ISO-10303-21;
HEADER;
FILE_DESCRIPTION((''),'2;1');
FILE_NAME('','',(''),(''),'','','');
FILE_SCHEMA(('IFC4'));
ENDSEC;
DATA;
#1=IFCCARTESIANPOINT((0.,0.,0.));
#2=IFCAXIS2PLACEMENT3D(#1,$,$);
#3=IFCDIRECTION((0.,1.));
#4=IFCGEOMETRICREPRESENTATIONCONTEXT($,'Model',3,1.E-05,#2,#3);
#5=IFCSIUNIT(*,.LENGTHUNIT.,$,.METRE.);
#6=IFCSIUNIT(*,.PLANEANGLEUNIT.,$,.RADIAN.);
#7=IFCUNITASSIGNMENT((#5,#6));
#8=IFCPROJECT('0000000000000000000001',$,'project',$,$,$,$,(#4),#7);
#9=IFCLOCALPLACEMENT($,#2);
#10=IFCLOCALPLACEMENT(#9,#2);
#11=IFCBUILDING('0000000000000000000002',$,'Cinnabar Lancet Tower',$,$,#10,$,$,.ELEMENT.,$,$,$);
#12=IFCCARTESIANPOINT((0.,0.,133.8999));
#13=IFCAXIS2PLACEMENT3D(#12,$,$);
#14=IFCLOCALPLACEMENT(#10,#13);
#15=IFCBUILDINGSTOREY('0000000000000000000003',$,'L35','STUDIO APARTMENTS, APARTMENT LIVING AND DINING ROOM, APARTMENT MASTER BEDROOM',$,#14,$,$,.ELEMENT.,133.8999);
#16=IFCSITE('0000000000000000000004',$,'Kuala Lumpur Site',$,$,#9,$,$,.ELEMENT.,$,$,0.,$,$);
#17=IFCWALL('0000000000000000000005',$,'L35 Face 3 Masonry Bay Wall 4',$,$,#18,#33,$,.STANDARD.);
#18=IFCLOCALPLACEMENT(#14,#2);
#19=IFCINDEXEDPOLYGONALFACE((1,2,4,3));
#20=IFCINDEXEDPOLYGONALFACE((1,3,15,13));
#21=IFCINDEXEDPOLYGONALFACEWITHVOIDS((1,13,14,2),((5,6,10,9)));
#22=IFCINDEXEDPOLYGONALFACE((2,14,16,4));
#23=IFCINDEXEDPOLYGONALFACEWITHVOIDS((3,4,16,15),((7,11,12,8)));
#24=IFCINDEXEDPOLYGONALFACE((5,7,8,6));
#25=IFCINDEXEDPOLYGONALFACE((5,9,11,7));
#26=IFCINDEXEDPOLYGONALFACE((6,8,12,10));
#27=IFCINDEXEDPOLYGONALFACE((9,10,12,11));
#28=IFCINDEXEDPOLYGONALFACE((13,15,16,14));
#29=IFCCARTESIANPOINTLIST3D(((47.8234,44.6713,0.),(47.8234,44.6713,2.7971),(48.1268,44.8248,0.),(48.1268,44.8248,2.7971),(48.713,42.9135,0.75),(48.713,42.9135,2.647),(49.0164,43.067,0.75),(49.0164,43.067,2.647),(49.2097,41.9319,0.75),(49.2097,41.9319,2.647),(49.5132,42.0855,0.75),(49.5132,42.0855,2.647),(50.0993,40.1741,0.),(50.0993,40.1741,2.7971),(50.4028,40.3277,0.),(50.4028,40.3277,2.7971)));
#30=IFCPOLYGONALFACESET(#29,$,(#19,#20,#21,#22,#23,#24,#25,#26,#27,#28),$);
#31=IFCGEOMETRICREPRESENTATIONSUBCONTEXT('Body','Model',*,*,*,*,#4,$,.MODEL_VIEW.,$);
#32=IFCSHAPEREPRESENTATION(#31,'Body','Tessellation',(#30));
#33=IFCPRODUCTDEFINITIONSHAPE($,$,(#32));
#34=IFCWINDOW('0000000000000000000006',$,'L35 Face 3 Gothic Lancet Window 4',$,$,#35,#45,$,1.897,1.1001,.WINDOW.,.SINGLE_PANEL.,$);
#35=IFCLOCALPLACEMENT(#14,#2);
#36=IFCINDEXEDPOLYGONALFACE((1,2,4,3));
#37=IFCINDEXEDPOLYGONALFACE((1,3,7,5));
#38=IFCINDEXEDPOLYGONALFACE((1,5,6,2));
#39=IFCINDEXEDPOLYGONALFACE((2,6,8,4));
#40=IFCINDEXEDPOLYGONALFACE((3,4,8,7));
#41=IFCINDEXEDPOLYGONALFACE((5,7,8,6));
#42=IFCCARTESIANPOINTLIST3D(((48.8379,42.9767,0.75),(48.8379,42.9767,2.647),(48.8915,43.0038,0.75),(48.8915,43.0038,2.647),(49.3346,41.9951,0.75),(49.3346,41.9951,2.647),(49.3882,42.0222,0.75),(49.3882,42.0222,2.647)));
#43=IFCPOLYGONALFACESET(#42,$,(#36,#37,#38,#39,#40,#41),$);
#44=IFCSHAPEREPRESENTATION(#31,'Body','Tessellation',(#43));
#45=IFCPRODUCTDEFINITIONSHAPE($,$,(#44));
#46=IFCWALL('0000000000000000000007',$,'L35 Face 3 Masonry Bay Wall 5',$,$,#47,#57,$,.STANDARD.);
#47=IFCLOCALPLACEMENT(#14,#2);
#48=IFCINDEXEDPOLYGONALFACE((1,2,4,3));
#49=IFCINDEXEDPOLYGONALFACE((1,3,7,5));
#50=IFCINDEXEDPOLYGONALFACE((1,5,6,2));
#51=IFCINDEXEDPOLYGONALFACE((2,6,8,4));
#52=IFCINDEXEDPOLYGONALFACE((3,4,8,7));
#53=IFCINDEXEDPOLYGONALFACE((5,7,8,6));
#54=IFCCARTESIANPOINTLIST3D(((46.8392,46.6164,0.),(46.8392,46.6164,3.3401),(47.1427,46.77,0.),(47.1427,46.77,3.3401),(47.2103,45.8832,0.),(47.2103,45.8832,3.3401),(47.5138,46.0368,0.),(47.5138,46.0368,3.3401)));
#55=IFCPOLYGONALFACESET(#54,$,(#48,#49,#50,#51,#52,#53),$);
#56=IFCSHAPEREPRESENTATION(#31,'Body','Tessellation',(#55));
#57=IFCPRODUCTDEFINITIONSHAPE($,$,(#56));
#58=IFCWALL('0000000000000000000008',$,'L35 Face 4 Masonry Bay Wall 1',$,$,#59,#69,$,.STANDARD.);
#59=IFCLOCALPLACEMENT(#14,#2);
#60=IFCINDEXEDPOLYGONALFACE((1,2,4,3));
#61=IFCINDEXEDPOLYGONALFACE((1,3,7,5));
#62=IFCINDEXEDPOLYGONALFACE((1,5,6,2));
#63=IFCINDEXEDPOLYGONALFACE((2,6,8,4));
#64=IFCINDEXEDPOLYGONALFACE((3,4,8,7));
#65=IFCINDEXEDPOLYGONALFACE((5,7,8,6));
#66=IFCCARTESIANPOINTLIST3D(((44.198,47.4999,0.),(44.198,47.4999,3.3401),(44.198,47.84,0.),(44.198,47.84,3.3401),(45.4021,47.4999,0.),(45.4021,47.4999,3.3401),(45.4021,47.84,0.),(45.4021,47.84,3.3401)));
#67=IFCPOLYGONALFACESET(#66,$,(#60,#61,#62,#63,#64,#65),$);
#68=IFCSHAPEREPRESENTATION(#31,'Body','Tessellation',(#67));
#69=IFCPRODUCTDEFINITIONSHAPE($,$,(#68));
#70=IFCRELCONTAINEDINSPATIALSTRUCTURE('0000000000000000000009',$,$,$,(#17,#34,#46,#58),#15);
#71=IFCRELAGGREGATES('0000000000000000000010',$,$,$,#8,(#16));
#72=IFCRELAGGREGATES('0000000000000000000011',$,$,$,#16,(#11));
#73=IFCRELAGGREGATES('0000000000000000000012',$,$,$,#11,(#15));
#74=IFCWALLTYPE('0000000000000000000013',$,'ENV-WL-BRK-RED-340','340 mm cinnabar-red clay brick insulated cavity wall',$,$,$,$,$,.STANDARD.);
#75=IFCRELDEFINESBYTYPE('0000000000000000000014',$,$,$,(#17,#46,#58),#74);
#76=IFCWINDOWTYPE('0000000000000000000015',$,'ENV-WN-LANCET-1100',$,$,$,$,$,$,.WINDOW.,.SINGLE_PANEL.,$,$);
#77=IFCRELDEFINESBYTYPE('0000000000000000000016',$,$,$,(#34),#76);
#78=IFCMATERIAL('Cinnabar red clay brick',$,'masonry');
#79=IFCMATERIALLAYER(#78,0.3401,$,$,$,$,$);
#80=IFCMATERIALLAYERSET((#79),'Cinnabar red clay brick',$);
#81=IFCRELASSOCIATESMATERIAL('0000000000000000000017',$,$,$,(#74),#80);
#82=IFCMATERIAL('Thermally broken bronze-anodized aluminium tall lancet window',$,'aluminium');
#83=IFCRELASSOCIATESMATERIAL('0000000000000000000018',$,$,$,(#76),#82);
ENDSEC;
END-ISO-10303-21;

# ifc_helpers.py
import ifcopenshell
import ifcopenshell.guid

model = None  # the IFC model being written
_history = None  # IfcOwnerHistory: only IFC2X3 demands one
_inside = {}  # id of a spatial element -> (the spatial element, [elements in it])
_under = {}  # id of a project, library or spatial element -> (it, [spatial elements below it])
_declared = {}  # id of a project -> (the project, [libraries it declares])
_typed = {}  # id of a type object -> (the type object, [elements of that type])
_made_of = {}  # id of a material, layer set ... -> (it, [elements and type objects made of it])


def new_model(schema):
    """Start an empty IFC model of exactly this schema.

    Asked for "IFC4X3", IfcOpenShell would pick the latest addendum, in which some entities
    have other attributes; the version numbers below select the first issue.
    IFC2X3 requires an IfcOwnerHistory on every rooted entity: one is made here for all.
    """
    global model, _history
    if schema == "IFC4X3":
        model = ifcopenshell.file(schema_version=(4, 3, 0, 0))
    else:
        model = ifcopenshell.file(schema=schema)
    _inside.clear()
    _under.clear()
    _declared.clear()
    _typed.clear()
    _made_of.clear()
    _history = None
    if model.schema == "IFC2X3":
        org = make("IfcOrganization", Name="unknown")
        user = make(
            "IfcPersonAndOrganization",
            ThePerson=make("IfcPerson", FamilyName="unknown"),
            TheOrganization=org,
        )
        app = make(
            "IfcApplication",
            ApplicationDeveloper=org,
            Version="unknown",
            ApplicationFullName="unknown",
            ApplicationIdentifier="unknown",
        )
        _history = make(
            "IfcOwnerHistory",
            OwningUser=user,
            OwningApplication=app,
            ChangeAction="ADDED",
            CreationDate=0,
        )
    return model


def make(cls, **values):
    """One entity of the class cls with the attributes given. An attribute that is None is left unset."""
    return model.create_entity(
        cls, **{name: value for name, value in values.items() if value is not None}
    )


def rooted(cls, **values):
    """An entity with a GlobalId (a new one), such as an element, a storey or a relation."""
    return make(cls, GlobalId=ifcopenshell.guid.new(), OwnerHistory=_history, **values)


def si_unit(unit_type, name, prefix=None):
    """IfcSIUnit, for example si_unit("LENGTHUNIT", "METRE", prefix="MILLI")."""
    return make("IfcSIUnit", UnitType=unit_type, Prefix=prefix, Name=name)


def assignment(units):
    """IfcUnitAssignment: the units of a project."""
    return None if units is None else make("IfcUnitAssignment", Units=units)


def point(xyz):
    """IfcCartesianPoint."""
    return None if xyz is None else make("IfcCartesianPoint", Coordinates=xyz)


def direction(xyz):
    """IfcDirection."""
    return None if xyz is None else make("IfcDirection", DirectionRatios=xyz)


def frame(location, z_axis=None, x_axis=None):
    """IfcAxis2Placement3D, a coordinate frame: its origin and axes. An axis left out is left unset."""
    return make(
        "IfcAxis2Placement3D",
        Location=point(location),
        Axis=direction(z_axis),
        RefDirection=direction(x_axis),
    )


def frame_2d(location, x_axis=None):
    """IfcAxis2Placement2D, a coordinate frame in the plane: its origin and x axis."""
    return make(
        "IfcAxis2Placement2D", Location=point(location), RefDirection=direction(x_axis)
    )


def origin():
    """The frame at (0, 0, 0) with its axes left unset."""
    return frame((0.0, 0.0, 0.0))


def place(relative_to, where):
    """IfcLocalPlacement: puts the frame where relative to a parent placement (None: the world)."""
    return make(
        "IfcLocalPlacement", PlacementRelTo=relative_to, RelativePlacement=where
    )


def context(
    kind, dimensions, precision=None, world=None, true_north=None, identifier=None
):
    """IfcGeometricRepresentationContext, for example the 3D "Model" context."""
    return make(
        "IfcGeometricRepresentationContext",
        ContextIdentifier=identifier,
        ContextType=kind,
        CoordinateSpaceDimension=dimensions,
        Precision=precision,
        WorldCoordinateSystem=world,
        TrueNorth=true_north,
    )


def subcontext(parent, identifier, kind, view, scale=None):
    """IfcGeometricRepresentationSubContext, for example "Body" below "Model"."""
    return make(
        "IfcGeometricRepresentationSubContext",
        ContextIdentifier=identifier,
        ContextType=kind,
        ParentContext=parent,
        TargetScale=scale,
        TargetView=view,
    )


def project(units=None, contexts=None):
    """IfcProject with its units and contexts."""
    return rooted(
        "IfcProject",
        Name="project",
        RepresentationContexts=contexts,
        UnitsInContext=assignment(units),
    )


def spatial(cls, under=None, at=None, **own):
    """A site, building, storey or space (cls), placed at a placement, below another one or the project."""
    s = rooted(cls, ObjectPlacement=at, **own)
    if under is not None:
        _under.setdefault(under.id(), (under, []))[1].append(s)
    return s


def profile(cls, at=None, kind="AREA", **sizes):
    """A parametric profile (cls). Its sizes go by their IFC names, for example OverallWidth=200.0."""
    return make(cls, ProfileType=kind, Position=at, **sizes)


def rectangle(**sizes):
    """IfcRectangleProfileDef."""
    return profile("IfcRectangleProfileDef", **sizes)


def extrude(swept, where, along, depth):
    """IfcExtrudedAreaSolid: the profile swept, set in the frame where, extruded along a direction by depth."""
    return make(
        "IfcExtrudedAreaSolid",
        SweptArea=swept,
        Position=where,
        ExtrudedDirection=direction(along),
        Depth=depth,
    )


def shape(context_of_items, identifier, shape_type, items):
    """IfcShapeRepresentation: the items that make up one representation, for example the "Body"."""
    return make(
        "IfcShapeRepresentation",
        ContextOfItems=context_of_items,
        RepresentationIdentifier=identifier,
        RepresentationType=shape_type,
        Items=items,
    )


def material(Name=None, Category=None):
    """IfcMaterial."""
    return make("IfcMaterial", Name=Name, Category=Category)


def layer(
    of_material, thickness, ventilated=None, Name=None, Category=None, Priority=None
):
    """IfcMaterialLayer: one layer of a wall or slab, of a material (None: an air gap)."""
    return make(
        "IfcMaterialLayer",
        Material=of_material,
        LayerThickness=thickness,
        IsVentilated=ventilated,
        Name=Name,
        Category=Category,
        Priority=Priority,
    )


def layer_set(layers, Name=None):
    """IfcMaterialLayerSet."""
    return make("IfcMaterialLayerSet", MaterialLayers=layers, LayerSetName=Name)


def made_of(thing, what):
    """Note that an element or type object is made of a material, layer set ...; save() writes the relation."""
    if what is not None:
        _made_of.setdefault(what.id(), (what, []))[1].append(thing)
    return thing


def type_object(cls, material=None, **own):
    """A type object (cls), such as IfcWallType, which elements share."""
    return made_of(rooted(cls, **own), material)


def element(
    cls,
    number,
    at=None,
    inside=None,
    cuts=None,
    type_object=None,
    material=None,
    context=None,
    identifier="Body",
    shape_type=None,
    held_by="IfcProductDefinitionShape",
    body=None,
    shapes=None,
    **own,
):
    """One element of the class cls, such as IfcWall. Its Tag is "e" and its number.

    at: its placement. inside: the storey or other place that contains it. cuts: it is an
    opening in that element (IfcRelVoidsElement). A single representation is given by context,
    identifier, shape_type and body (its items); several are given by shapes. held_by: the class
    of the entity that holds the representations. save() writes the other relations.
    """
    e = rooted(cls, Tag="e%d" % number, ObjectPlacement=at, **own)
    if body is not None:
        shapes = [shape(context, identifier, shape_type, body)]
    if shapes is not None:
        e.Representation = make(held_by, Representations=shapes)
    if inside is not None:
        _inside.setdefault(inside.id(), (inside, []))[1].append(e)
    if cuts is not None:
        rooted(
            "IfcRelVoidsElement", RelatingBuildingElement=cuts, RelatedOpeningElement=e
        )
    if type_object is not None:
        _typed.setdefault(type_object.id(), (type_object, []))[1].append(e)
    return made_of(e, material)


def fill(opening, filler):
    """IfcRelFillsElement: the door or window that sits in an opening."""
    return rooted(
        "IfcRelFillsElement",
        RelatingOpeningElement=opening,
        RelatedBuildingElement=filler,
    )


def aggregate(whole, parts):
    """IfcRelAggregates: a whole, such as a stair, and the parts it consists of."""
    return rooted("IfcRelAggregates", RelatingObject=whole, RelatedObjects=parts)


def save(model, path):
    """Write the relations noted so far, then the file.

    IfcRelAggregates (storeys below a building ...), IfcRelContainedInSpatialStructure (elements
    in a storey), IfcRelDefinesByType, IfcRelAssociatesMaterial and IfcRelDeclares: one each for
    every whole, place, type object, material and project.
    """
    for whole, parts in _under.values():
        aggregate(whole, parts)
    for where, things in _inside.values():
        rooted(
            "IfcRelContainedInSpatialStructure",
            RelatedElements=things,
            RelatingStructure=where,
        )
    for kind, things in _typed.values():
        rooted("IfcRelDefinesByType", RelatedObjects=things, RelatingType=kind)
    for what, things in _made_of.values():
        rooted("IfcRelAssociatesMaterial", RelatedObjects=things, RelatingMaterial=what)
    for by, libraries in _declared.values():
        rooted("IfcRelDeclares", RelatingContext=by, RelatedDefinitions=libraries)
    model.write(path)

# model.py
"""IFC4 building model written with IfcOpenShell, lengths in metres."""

from ifc_helpers import new_model, si_unit, direction, frame, frame_2d, origin, place, context, subcontext, project, spatial, rectangle, extrude, material, layer, layer_set, type_object, element, fill, save


model = new_model("IFC4")

# Units and contexts
model_context = context("Model", 3, precision=1e-05, world=origin(), true_north=direction((0.0, 1.0)))
body_context = subcontext(model_context, "Body", "Model", "MODEL_VIEW")
ifc_project = project(units=[si_unit("LENGTHUNIT", "METRE"), si_unit("PLANEANGLEUNIT", "RADIAN")], contexts=[model_context])

# Site, building, storey
site_placement = place(None, origin())
site = spatial("IfcSite", under=ifc_project, at=site_placement, Name="Kuala Lumpur Site", CompositionType="ELEMENT", RefElevation=0.0)
building_placement = place(site_placement, origin())
building = spatial("IfcBuilding", under=site, at=building_placement, Name="Cinnabar Lancet Tower", CompositionType="ELEMENT")
storey_placement = place(building_placement, frame((0.0, 0.0, 133.8999)))
storey = spatial("IfcBuildingStorey", under=building, at=storey_placement, Name="L35", Description="STUDIO APARTMENTS, APARTMENT LIVING AND DINING ROOM, APARTMENT MASTER BEDROOM", CompositionType="ELEMENT", Elevation=133.8999)

# Shared definitions
ifc_material_1 = material(Name="Cinnabar red clay brick", Category="masonry")
ifc_layer_1 = layer(ifc_material_1, 0.3401)
ifc_layer_set_1 = layer_set([ifc_layer_1], Name="Cinnabar red clay brick")
wall_type_1 = type_object("IfcWallType", Name="ENV-WL-BRK-RED-340", Description="340 mm cinnabar-red clay brick insulated cavity wall", PredefinedType="STANDARD", material=ifc_layer_set_1)

# Wall, opening, window
wall_1_placement = place(storey_placement, frame((50.251, 40.251, 0.0), z_axis=(0.0, 0.0, 1.0), x_axis=(-0.451548, 0.892247, 0.0)))
wall_1 = element("IfcWall", 1, at=wall_1_placement, inside=storey, type_object=wall_type_1, Name="L35 Face 3 Masonry Bay Wall 4", PredefinedType="STANDARD", context=body_context, shape_type="SweptSolid", body=[
    extrude(rectangle(XDim=5.0403, YDim=0.3401, at=frame_2d((2.52, 0.0))), origin(), (0.0, 0.0, 1.0), 2.7971),
])
opening_1_placement = place(wall_1_placement, frame((1.97, 0.0, 0.75)))
opening_1 = element("IfcOpeningElement", 2, at=opening_1_placement, cuts=wall_1, PredefinedType="OPENING", context=body_context, shape_type="SweptSolid", body=[
    extrude(rectangle(XDim=1.1001, YDim=1.897, at=frame_2d((0.55, 0.9485))), frame((0.0, 0.1799, 0.0), z_axis=(0.0, -1.0, 0.0), x_axis=(1.0, 0.0, 0.0)), (0.0, 0.0, 1.0), 0.3601),
])
ifc_material_2 = material(Name="Thermally broken bronze-anodized aluminium tall lancet window", Category="aluminium")
window_type = type_object("IfcWindowType", Name="ENV-WN-LANCET-1100", PartitioningType="SINGLE_PANEL", PredefinedType="WINDOW", material=ifc_material_2)
window_placement = place(opening_1_placement, origin())
window = element("IfcWindow", 3, at=window_placement, inside=storey, type_object=window_type, Name="L35 Face 3 Gothic Lancet Window 4", OverallHeight=1.897, OverallWidth=1.1001, PartitioningType="SINGLE_PANEL", PredefinedType="WINDOW", context=body_context, shape_type="SweptSolid", body=[
    extrude(rectangle(XDim=1.1001, YDim=1.897, at=frame_2d((0.55, 0.9485))), frame((0.0, 0.03, 0.0), z_axis=(0.0, -1.0, 0.0), x_axis=(1.0, 0.0, 0.0)), (0.0, 0.0, 1.0), 0.0601),
])
fill(opening_1, window)

# Walls
wall_2_placement = place(storey_placement, frame((47.3621, 45.96, 0.0), z_axis=(0.0, 0.0, 1.0), x_axis=(-0.451605, 0.892218, 0.0)))
element("IfcWall", 4, at=wall_2_placement, inside=storey, type_object=wall_type_1, Name="L35 Face 3 Masonry Bay Wall 5", PredefinedType="STANDARD", context=body_context, shape_type="SweptSolid", body=[
    extrude(rectangle(XDim=0.8218, YDim=0.3401, at=frame_2d((0.4109, 0.0))), origin(), (0.0, 0.0, 1.0), 3.3401),
])
wall_3_placement = place(storey_placement, frame((45.4021, 47.6699, 0.0), z_axis=(0.0, 0.0, 1.0), x_axis=(-1.0, 0.0, 0.0)))
element("IfcWall", 5, at=wall_3_placement, inside=storey, type_object=wall_type_1, Name="L35 Face 4 Masonry Bay Wall 1", PredefinedType="STANDARD", context=body_context, shape_type="SweptSolid", body=[
    extrude(rectangle(XDim=1.2041, YDim=0.3401, at=frame_2d((0.6021, 0.0))), origin(), (0.0, 0.0, 1.0), 3.3401),
])

save(model, "model.ifc")
